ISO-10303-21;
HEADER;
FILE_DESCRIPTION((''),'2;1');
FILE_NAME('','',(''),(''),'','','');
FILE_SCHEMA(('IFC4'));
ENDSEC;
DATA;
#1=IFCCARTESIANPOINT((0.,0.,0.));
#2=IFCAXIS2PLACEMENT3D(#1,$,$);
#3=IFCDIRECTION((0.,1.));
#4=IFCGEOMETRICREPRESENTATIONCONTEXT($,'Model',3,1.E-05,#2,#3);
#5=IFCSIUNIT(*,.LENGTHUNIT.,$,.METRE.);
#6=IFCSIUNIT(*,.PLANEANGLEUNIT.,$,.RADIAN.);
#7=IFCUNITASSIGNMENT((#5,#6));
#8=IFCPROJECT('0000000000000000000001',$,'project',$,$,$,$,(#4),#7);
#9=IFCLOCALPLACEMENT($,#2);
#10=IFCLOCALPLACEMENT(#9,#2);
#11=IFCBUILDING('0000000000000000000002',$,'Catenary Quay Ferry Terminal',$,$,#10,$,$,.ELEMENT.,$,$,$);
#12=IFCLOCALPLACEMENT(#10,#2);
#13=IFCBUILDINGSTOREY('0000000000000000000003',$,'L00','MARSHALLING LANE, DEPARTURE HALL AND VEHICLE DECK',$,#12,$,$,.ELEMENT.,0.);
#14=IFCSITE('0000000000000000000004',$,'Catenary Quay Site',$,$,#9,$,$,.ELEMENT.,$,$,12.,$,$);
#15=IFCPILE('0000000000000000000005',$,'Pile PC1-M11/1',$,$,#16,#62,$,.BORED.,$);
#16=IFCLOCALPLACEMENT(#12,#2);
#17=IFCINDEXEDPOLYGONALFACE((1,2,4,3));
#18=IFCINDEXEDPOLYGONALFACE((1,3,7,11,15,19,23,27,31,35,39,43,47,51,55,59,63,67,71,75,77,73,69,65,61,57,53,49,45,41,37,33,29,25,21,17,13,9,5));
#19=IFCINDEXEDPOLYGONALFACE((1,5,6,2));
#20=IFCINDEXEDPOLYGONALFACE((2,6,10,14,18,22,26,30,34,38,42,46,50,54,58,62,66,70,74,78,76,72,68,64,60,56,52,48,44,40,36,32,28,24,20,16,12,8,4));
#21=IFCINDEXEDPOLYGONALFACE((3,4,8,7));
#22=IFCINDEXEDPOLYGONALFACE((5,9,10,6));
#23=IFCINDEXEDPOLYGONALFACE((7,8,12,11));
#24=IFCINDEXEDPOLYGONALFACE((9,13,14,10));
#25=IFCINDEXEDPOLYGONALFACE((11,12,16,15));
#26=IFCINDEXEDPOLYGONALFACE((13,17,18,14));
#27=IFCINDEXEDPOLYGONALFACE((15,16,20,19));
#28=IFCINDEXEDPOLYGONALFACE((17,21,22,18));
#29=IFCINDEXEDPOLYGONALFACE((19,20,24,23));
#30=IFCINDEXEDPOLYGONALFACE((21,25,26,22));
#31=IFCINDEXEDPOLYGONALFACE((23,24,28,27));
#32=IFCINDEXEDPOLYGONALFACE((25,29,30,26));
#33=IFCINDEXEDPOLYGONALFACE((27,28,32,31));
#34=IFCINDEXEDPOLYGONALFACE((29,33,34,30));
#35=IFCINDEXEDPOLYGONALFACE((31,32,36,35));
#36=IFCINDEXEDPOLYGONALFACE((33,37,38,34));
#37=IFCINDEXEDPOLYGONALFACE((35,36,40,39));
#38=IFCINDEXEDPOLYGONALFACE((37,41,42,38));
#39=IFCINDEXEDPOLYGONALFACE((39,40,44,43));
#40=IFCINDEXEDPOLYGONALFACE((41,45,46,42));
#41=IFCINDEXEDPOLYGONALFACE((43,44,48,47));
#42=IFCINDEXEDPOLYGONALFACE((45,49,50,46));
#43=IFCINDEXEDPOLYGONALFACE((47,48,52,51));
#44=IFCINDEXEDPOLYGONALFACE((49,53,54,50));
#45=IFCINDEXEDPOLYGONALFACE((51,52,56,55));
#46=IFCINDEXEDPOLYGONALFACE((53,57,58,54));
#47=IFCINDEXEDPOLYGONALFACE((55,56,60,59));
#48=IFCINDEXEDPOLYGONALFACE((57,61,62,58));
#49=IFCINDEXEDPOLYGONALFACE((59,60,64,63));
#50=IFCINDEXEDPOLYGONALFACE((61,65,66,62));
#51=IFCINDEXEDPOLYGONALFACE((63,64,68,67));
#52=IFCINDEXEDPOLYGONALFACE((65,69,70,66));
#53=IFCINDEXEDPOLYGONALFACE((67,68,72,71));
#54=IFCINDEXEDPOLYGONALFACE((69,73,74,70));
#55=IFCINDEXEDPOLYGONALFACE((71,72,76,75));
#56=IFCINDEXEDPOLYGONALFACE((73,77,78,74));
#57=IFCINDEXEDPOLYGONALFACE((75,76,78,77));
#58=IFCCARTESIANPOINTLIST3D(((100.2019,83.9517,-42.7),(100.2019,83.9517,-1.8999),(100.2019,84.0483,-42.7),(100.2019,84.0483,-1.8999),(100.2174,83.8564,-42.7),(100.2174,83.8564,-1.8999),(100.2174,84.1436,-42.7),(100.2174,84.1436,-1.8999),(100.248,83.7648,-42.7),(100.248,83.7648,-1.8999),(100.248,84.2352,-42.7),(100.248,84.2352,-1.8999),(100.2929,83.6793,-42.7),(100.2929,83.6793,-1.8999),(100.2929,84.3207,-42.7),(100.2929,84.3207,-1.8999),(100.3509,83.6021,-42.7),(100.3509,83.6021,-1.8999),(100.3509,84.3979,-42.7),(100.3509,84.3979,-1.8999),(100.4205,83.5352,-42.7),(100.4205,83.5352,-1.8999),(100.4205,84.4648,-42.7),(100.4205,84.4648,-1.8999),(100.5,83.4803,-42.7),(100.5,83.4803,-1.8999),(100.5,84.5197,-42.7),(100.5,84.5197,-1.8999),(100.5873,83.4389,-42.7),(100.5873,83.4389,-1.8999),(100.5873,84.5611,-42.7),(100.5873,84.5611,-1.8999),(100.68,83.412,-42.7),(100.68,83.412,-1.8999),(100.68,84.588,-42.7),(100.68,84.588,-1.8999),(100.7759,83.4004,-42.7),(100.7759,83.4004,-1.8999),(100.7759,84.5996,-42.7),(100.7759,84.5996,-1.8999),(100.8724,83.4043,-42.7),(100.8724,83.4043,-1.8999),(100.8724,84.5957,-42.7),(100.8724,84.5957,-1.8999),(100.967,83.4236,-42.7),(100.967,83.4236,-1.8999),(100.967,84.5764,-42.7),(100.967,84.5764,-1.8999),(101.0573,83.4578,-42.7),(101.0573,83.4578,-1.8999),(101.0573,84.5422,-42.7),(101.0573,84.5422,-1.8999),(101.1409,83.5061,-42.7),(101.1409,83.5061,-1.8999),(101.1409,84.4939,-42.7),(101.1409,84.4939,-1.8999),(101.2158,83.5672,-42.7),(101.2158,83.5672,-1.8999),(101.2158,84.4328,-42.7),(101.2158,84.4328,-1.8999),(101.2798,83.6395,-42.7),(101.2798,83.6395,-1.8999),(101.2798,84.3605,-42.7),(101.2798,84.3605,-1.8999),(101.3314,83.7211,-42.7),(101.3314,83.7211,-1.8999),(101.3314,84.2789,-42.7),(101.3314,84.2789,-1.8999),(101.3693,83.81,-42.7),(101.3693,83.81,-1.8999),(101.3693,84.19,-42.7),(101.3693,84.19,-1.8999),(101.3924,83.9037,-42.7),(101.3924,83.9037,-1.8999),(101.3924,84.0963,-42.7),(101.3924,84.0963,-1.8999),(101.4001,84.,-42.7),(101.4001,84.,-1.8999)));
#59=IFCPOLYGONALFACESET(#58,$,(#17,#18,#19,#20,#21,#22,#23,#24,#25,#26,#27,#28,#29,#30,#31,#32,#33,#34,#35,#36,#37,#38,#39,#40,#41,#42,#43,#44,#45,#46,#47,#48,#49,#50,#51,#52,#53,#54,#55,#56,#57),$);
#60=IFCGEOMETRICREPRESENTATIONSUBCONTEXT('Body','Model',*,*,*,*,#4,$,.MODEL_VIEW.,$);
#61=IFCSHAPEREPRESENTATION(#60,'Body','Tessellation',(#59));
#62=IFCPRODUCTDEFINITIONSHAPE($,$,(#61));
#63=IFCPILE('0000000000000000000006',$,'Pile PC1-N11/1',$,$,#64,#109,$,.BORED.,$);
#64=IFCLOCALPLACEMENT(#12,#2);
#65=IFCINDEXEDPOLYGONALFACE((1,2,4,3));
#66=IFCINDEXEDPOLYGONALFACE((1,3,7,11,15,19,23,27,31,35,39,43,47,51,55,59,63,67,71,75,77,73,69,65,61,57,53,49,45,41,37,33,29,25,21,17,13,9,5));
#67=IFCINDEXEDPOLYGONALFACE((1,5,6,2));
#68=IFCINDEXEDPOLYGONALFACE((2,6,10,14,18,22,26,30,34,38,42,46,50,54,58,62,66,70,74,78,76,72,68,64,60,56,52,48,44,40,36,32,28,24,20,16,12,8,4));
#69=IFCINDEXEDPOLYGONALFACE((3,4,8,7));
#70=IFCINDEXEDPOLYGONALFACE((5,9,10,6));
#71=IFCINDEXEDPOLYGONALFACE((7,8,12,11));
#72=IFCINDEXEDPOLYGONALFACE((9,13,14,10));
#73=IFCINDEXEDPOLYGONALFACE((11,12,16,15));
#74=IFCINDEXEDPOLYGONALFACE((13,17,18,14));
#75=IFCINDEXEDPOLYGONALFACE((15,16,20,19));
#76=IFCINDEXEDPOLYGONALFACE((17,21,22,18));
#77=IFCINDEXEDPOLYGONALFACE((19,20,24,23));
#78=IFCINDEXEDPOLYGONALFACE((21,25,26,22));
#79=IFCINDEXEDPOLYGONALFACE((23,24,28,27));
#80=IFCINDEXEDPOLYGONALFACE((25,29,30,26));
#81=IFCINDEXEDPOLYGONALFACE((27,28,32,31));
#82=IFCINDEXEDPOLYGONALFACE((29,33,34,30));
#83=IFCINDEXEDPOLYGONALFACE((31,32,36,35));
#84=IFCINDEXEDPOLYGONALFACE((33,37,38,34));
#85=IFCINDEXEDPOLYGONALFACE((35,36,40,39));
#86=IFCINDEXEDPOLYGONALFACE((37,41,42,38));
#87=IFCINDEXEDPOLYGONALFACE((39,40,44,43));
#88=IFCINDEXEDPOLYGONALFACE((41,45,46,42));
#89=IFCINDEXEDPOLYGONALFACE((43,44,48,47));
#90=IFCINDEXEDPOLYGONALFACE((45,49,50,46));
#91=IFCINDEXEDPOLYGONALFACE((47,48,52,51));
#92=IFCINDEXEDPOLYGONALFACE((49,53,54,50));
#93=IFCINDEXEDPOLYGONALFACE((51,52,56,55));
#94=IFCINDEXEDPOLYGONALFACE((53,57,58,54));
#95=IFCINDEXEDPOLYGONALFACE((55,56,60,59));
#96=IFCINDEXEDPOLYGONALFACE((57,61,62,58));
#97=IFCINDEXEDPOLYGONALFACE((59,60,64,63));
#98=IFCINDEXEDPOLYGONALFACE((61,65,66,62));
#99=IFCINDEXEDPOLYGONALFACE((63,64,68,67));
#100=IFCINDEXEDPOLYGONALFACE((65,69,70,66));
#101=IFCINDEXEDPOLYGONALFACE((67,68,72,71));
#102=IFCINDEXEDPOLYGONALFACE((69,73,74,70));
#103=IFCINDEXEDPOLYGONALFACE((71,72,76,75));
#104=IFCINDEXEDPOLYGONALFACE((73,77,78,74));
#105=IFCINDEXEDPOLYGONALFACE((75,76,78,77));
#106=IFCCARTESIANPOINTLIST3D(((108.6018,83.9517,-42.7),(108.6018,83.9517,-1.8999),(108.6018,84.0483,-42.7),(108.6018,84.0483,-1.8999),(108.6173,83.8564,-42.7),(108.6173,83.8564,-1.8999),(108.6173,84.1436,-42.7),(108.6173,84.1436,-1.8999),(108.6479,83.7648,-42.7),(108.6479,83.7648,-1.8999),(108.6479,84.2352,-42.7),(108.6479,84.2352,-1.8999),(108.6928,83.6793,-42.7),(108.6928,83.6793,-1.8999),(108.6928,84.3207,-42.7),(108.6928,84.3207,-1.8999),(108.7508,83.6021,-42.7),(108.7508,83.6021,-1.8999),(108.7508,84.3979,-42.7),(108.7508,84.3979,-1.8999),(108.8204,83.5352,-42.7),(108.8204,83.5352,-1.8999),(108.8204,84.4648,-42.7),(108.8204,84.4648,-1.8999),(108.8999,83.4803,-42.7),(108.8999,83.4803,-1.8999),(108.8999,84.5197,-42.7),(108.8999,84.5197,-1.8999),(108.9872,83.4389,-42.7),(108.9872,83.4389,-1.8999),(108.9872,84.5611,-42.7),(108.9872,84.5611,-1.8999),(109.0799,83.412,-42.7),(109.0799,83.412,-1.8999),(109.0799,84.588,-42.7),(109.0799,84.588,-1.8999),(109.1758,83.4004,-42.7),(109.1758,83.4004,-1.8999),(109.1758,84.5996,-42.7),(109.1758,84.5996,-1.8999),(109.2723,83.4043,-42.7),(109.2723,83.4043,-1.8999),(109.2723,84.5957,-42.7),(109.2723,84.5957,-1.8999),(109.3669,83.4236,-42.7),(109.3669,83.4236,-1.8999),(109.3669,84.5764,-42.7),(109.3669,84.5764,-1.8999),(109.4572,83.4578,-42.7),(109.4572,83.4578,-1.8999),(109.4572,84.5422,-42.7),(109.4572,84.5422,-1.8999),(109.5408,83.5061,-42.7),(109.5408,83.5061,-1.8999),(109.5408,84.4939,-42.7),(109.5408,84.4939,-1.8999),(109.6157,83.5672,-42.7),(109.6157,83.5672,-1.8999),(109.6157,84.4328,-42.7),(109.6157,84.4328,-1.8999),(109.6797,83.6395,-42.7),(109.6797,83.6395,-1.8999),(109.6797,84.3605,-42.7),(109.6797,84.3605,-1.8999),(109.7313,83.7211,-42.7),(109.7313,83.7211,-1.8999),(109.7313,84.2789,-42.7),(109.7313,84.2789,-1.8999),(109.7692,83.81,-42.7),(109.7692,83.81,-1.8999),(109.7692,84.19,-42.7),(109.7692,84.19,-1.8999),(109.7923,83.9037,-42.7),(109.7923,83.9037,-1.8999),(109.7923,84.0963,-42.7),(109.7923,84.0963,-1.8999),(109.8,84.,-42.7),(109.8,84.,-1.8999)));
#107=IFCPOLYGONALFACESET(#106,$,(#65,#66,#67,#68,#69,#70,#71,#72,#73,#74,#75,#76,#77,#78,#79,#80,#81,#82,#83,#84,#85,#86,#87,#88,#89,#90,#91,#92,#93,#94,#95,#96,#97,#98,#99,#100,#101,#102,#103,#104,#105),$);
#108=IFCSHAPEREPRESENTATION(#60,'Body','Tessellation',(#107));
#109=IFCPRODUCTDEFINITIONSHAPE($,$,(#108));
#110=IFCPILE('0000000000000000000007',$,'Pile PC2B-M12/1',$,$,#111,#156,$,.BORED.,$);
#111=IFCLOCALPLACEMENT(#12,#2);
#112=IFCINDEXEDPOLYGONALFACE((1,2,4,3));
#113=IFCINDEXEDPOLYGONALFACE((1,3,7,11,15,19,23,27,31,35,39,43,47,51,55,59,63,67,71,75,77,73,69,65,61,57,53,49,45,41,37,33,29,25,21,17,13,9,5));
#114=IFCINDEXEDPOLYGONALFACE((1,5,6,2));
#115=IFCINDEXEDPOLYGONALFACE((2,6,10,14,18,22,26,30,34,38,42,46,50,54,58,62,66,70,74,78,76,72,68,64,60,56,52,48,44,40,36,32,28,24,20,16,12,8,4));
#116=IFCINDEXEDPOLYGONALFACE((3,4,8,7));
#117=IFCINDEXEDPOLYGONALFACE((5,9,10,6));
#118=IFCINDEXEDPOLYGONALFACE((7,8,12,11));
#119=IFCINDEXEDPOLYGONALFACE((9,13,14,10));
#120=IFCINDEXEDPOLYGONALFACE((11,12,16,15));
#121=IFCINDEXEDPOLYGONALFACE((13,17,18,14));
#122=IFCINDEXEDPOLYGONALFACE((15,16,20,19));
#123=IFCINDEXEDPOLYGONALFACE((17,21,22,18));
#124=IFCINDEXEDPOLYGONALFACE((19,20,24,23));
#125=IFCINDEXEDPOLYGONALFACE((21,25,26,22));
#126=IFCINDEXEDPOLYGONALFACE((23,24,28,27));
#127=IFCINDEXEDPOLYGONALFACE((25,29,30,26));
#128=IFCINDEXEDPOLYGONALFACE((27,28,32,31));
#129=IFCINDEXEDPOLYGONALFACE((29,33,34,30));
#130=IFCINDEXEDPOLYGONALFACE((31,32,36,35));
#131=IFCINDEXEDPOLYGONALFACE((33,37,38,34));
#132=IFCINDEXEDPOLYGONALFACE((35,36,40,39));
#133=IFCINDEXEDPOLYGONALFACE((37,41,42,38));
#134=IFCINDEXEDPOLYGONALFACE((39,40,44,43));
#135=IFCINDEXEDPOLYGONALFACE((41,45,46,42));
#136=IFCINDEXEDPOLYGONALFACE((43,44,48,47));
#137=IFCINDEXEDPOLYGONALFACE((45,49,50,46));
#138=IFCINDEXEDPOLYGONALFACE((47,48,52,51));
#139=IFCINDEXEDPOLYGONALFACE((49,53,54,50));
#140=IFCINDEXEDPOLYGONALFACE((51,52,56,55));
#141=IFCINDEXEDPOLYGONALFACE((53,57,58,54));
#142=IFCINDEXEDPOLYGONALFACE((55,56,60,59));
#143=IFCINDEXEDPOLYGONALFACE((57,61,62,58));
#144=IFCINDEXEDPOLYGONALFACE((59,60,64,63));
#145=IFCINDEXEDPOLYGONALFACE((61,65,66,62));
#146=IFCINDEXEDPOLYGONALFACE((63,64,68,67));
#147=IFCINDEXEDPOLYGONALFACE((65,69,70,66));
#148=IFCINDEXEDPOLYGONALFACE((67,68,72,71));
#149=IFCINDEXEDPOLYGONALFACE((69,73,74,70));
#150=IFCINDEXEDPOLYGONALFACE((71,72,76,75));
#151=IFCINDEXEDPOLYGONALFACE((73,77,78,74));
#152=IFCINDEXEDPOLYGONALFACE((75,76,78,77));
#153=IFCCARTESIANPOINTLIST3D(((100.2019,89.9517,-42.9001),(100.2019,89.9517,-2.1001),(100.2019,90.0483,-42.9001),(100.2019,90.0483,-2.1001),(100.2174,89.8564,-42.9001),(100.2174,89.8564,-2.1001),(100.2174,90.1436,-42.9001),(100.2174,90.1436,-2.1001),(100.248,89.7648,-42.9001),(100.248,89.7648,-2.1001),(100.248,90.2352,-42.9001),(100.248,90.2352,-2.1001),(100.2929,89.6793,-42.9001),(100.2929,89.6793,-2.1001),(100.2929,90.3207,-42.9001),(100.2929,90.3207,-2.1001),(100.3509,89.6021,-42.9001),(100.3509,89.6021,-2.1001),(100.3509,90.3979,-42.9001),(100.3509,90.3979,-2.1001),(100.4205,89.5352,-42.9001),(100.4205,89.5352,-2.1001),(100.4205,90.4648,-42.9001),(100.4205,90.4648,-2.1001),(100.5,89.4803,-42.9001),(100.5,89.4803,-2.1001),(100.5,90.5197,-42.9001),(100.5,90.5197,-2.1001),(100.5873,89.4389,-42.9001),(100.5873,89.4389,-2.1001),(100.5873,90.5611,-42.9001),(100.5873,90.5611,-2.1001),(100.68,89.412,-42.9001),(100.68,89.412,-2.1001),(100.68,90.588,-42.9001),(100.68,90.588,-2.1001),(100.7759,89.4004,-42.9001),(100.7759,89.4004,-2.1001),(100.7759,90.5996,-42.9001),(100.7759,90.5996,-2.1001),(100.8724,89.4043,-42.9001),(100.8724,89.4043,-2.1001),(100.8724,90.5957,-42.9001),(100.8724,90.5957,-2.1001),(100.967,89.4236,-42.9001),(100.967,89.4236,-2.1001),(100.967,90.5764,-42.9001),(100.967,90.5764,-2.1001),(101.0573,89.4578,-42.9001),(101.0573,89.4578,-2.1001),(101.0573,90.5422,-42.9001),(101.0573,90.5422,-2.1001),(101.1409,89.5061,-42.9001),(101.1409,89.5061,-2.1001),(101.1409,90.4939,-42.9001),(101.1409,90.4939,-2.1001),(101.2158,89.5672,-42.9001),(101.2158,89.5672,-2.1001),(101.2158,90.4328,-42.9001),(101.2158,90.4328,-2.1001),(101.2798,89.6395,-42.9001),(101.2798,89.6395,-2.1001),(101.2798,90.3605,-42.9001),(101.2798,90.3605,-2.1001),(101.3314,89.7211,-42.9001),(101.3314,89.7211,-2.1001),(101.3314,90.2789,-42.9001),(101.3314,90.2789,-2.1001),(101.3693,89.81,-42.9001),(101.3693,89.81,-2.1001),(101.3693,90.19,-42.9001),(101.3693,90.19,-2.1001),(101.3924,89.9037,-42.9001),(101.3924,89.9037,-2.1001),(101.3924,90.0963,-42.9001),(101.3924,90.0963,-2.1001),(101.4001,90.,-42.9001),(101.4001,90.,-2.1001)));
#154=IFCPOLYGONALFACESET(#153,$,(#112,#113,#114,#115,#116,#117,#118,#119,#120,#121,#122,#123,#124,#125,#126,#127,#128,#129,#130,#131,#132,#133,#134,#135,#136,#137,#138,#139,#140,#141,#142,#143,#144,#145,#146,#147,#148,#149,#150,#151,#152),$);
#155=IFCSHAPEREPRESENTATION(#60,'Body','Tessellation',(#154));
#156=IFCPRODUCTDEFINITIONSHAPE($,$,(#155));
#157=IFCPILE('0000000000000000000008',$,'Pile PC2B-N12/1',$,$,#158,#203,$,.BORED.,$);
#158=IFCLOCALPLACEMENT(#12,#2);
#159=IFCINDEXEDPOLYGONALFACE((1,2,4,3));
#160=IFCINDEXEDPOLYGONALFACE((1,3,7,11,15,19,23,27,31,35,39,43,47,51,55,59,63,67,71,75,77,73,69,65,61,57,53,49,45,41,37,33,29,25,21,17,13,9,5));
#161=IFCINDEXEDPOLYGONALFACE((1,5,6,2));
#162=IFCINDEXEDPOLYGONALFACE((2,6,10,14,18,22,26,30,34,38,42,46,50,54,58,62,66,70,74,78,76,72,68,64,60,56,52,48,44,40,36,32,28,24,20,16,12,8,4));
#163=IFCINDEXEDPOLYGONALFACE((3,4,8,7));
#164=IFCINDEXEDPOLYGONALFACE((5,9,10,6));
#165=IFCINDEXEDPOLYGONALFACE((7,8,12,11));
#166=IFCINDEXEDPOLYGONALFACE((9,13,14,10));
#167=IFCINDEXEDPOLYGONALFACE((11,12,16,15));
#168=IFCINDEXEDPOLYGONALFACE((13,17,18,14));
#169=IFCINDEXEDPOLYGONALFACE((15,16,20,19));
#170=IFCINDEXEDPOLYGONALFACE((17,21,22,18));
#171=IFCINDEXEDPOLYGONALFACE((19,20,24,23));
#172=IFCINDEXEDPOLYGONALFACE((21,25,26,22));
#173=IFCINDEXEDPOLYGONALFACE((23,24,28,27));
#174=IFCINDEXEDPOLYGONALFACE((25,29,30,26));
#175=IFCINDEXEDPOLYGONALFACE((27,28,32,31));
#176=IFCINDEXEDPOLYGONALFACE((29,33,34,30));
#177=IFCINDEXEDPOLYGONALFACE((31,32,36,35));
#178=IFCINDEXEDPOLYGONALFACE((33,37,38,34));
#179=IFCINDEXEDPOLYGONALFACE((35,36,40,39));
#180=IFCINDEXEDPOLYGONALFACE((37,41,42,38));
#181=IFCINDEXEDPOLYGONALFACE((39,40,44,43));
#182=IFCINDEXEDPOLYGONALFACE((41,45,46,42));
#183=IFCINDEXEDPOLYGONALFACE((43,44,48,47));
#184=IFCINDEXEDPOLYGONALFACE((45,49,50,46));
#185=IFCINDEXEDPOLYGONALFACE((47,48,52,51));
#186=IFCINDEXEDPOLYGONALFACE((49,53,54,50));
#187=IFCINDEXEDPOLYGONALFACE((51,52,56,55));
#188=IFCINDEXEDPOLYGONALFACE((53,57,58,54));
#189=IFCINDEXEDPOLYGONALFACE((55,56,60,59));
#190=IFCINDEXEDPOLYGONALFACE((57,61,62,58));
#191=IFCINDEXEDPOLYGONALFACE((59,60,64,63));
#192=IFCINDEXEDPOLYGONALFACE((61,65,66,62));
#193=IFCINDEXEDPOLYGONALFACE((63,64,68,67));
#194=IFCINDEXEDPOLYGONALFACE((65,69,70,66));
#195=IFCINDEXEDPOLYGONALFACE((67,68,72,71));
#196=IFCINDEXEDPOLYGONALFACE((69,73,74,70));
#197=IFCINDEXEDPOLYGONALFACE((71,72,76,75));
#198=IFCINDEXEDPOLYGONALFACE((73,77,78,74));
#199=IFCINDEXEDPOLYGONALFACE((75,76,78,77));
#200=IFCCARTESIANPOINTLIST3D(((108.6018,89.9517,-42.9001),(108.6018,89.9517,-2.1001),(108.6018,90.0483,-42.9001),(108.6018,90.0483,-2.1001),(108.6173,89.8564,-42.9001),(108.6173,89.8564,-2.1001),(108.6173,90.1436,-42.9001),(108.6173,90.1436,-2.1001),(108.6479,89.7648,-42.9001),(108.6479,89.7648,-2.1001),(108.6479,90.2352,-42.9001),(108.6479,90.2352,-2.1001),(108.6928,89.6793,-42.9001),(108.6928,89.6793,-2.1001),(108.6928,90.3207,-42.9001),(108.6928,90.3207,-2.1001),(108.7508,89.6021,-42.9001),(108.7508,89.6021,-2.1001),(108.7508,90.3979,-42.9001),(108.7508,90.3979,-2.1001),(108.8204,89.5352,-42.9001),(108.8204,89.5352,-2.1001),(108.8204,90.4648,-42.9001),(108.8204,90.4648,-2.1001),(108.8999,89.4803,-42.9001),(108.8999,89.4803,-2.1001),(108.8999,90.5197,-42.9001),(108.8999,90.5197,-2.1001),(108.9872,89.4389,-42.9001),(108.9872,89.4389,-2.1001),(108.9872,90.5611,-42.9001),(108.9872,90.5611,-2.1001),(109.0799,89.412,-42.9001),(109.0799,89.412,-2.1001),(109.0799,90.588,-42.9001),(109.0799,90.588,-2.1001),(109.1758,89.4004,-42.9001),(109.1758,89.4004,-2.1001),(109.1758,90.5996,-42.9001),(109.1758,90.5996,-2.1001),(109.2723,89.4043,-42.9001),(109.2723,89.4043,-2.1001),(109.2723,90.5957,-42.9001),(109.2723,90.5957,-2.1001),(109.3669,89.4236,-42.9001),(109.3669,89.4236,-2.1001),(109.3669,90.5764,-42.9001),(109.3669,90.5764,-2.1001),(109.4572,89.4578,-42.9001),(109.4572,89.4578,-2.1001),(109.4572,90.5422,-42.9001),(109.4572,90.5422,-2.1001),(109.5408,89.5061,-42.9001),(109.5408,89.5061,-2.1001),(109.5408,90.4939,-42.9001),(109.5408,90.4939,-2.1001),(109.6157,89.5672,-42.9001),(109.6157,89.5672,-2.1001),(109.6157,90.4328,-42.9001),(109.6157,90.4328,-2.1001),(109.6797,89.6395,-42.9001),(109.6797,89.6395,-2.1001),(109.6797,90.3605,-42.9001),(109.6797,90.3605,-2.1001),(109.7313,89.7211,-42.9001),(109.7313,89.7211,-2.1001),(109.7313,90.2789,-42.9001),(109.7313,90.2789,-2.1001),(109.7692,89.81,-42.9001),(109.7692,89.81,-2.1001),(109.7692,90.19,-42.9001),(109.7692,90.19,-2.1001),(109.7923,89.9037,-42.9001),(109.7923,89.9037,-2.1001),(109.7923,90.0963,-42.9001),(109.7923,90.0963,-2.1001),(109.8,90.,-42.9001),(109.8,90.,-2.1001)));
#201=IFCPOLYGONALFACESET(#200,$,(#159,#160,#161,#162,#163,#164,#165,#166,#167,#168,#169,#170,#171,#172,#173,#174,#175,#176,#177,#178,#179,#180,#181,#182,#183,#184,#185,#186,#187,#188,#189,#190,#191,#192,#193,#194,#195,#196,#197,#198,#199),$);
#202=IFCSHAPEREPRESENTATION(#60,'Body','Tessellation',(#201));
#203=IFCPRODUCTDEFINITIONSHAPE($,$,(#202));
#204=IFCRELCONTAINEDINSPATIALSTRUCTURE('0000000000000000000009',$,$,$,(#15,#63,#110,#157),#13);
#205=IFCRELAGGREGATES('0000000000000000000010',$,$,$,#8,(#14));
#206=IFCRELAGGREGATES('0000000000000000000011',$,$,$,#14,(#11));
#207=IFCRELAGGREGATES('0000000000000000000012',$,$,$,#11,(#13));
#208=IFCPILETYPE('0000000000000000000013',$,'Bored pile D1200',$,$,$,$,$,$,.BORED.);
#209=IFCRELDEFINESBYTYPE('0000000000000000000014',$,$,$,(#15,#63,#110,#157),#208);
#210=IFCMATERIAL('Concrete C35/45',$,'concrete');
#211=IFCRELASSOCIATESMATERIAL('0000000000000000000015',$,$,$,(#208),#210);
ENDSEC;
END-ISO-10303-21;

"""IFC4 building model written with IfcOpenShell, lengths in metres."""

from ifc_helpers import new_model, si_unit, direction, frame, origin, origin_2d, place, context, subcontext, project, spatial, circle, extrude, material, material_profile, profile_set, type_object, element, save


model = new_model("IFC4")

# Units and contexts
model_context = context("Model", 3, precision=1e-05, world=origin(), true_north=direction((0.0, 1.0)))
body_context = subcontext(model_context, "Body", "Model", "MODEL_VIEW")
ifc_project = project(units=[si_unit("LENGTHUNIT", "METRE"), si_unit("PLANEANGLEUNIT", "RADIAN")], contexts=[model_context])

# Site, building, storey
site_placement = place(None, origin())
site = spatial("IfcSite", under=ifc_project, at=site_placement, Name="Catenary Quay Site", CompositionType="ELEMENT", RefElevation=12.0)
building_placement = place(site_placement, origin())
building = spatial("IfcBuilding", under=site, at=building_placement, Name="Catenary Quay Ferry Terminal", CompositionType="ELEMENT")
storey_placement = place(building_placement, origin())
storey = spatial("IfcBuildingStorey", under=building, at=storey_placement, Name="L00", Description="MARSHALLING LANE, DEPARTURE HALL AND VEHICLE DECK", CompositionType="ELEMENT", Elevation=0.0)

# Piles
ifc_material_1 = material(Name="Concrete C35/45", Category="concrete")
ifc_material_profile_1 = material_profile(ifc_material_1, circle(Radius=0.6001, at=origin_2d()), Name="D1200")
ifc_profile_set_1 = profile_set([ifc_material_profile_1], Name="Concrete C35/45")
pile_type = type_object("IfcPileType", Name="Bored pile D1200", PredefinedType="BORED", material=ifc_profile_set_1)
for number, where, z_axis, x_axis, name in (
    (1, (100.8, 84.0, -1.8999), (0.0, 0.0, -1.0), (1.0, 0.0, 0.0), "Pile PC1-M11/1"),
    (2, (109.2, 84.0, -1.8999), (0.0, 0.0, -1.0), (1.0, 0.0, 0.0), "Pile PC1-N11/1"),
    (3, (100.8, 90.0, -2.1001), (0.0, 0.0, -1.0), (1.0, 0.0, 0.0), "Pile PC2B-M12/1"),
    (4, (109.2, 90.0, -2.1001), (0.0, 0.0, -1.0), (1.0, 0.0, 0.0), "Pile PC2B-N12/1"),
):
    element("IfcPile", number, at=place(storey_placement, frame(where, z_axis=z_axis, x_axis=x_axis)), inside=storey, type_object=pile_type, Name=name, PredefinedType="BORED", context=body_context, shape_type="SweptSolid", body=[
        extrude(circle(Radius=0.6001, at=origin_2d()), origin(), (0.0, 0.0, 1.0), 40.8),
    ])

save(model, "model.ifc")
